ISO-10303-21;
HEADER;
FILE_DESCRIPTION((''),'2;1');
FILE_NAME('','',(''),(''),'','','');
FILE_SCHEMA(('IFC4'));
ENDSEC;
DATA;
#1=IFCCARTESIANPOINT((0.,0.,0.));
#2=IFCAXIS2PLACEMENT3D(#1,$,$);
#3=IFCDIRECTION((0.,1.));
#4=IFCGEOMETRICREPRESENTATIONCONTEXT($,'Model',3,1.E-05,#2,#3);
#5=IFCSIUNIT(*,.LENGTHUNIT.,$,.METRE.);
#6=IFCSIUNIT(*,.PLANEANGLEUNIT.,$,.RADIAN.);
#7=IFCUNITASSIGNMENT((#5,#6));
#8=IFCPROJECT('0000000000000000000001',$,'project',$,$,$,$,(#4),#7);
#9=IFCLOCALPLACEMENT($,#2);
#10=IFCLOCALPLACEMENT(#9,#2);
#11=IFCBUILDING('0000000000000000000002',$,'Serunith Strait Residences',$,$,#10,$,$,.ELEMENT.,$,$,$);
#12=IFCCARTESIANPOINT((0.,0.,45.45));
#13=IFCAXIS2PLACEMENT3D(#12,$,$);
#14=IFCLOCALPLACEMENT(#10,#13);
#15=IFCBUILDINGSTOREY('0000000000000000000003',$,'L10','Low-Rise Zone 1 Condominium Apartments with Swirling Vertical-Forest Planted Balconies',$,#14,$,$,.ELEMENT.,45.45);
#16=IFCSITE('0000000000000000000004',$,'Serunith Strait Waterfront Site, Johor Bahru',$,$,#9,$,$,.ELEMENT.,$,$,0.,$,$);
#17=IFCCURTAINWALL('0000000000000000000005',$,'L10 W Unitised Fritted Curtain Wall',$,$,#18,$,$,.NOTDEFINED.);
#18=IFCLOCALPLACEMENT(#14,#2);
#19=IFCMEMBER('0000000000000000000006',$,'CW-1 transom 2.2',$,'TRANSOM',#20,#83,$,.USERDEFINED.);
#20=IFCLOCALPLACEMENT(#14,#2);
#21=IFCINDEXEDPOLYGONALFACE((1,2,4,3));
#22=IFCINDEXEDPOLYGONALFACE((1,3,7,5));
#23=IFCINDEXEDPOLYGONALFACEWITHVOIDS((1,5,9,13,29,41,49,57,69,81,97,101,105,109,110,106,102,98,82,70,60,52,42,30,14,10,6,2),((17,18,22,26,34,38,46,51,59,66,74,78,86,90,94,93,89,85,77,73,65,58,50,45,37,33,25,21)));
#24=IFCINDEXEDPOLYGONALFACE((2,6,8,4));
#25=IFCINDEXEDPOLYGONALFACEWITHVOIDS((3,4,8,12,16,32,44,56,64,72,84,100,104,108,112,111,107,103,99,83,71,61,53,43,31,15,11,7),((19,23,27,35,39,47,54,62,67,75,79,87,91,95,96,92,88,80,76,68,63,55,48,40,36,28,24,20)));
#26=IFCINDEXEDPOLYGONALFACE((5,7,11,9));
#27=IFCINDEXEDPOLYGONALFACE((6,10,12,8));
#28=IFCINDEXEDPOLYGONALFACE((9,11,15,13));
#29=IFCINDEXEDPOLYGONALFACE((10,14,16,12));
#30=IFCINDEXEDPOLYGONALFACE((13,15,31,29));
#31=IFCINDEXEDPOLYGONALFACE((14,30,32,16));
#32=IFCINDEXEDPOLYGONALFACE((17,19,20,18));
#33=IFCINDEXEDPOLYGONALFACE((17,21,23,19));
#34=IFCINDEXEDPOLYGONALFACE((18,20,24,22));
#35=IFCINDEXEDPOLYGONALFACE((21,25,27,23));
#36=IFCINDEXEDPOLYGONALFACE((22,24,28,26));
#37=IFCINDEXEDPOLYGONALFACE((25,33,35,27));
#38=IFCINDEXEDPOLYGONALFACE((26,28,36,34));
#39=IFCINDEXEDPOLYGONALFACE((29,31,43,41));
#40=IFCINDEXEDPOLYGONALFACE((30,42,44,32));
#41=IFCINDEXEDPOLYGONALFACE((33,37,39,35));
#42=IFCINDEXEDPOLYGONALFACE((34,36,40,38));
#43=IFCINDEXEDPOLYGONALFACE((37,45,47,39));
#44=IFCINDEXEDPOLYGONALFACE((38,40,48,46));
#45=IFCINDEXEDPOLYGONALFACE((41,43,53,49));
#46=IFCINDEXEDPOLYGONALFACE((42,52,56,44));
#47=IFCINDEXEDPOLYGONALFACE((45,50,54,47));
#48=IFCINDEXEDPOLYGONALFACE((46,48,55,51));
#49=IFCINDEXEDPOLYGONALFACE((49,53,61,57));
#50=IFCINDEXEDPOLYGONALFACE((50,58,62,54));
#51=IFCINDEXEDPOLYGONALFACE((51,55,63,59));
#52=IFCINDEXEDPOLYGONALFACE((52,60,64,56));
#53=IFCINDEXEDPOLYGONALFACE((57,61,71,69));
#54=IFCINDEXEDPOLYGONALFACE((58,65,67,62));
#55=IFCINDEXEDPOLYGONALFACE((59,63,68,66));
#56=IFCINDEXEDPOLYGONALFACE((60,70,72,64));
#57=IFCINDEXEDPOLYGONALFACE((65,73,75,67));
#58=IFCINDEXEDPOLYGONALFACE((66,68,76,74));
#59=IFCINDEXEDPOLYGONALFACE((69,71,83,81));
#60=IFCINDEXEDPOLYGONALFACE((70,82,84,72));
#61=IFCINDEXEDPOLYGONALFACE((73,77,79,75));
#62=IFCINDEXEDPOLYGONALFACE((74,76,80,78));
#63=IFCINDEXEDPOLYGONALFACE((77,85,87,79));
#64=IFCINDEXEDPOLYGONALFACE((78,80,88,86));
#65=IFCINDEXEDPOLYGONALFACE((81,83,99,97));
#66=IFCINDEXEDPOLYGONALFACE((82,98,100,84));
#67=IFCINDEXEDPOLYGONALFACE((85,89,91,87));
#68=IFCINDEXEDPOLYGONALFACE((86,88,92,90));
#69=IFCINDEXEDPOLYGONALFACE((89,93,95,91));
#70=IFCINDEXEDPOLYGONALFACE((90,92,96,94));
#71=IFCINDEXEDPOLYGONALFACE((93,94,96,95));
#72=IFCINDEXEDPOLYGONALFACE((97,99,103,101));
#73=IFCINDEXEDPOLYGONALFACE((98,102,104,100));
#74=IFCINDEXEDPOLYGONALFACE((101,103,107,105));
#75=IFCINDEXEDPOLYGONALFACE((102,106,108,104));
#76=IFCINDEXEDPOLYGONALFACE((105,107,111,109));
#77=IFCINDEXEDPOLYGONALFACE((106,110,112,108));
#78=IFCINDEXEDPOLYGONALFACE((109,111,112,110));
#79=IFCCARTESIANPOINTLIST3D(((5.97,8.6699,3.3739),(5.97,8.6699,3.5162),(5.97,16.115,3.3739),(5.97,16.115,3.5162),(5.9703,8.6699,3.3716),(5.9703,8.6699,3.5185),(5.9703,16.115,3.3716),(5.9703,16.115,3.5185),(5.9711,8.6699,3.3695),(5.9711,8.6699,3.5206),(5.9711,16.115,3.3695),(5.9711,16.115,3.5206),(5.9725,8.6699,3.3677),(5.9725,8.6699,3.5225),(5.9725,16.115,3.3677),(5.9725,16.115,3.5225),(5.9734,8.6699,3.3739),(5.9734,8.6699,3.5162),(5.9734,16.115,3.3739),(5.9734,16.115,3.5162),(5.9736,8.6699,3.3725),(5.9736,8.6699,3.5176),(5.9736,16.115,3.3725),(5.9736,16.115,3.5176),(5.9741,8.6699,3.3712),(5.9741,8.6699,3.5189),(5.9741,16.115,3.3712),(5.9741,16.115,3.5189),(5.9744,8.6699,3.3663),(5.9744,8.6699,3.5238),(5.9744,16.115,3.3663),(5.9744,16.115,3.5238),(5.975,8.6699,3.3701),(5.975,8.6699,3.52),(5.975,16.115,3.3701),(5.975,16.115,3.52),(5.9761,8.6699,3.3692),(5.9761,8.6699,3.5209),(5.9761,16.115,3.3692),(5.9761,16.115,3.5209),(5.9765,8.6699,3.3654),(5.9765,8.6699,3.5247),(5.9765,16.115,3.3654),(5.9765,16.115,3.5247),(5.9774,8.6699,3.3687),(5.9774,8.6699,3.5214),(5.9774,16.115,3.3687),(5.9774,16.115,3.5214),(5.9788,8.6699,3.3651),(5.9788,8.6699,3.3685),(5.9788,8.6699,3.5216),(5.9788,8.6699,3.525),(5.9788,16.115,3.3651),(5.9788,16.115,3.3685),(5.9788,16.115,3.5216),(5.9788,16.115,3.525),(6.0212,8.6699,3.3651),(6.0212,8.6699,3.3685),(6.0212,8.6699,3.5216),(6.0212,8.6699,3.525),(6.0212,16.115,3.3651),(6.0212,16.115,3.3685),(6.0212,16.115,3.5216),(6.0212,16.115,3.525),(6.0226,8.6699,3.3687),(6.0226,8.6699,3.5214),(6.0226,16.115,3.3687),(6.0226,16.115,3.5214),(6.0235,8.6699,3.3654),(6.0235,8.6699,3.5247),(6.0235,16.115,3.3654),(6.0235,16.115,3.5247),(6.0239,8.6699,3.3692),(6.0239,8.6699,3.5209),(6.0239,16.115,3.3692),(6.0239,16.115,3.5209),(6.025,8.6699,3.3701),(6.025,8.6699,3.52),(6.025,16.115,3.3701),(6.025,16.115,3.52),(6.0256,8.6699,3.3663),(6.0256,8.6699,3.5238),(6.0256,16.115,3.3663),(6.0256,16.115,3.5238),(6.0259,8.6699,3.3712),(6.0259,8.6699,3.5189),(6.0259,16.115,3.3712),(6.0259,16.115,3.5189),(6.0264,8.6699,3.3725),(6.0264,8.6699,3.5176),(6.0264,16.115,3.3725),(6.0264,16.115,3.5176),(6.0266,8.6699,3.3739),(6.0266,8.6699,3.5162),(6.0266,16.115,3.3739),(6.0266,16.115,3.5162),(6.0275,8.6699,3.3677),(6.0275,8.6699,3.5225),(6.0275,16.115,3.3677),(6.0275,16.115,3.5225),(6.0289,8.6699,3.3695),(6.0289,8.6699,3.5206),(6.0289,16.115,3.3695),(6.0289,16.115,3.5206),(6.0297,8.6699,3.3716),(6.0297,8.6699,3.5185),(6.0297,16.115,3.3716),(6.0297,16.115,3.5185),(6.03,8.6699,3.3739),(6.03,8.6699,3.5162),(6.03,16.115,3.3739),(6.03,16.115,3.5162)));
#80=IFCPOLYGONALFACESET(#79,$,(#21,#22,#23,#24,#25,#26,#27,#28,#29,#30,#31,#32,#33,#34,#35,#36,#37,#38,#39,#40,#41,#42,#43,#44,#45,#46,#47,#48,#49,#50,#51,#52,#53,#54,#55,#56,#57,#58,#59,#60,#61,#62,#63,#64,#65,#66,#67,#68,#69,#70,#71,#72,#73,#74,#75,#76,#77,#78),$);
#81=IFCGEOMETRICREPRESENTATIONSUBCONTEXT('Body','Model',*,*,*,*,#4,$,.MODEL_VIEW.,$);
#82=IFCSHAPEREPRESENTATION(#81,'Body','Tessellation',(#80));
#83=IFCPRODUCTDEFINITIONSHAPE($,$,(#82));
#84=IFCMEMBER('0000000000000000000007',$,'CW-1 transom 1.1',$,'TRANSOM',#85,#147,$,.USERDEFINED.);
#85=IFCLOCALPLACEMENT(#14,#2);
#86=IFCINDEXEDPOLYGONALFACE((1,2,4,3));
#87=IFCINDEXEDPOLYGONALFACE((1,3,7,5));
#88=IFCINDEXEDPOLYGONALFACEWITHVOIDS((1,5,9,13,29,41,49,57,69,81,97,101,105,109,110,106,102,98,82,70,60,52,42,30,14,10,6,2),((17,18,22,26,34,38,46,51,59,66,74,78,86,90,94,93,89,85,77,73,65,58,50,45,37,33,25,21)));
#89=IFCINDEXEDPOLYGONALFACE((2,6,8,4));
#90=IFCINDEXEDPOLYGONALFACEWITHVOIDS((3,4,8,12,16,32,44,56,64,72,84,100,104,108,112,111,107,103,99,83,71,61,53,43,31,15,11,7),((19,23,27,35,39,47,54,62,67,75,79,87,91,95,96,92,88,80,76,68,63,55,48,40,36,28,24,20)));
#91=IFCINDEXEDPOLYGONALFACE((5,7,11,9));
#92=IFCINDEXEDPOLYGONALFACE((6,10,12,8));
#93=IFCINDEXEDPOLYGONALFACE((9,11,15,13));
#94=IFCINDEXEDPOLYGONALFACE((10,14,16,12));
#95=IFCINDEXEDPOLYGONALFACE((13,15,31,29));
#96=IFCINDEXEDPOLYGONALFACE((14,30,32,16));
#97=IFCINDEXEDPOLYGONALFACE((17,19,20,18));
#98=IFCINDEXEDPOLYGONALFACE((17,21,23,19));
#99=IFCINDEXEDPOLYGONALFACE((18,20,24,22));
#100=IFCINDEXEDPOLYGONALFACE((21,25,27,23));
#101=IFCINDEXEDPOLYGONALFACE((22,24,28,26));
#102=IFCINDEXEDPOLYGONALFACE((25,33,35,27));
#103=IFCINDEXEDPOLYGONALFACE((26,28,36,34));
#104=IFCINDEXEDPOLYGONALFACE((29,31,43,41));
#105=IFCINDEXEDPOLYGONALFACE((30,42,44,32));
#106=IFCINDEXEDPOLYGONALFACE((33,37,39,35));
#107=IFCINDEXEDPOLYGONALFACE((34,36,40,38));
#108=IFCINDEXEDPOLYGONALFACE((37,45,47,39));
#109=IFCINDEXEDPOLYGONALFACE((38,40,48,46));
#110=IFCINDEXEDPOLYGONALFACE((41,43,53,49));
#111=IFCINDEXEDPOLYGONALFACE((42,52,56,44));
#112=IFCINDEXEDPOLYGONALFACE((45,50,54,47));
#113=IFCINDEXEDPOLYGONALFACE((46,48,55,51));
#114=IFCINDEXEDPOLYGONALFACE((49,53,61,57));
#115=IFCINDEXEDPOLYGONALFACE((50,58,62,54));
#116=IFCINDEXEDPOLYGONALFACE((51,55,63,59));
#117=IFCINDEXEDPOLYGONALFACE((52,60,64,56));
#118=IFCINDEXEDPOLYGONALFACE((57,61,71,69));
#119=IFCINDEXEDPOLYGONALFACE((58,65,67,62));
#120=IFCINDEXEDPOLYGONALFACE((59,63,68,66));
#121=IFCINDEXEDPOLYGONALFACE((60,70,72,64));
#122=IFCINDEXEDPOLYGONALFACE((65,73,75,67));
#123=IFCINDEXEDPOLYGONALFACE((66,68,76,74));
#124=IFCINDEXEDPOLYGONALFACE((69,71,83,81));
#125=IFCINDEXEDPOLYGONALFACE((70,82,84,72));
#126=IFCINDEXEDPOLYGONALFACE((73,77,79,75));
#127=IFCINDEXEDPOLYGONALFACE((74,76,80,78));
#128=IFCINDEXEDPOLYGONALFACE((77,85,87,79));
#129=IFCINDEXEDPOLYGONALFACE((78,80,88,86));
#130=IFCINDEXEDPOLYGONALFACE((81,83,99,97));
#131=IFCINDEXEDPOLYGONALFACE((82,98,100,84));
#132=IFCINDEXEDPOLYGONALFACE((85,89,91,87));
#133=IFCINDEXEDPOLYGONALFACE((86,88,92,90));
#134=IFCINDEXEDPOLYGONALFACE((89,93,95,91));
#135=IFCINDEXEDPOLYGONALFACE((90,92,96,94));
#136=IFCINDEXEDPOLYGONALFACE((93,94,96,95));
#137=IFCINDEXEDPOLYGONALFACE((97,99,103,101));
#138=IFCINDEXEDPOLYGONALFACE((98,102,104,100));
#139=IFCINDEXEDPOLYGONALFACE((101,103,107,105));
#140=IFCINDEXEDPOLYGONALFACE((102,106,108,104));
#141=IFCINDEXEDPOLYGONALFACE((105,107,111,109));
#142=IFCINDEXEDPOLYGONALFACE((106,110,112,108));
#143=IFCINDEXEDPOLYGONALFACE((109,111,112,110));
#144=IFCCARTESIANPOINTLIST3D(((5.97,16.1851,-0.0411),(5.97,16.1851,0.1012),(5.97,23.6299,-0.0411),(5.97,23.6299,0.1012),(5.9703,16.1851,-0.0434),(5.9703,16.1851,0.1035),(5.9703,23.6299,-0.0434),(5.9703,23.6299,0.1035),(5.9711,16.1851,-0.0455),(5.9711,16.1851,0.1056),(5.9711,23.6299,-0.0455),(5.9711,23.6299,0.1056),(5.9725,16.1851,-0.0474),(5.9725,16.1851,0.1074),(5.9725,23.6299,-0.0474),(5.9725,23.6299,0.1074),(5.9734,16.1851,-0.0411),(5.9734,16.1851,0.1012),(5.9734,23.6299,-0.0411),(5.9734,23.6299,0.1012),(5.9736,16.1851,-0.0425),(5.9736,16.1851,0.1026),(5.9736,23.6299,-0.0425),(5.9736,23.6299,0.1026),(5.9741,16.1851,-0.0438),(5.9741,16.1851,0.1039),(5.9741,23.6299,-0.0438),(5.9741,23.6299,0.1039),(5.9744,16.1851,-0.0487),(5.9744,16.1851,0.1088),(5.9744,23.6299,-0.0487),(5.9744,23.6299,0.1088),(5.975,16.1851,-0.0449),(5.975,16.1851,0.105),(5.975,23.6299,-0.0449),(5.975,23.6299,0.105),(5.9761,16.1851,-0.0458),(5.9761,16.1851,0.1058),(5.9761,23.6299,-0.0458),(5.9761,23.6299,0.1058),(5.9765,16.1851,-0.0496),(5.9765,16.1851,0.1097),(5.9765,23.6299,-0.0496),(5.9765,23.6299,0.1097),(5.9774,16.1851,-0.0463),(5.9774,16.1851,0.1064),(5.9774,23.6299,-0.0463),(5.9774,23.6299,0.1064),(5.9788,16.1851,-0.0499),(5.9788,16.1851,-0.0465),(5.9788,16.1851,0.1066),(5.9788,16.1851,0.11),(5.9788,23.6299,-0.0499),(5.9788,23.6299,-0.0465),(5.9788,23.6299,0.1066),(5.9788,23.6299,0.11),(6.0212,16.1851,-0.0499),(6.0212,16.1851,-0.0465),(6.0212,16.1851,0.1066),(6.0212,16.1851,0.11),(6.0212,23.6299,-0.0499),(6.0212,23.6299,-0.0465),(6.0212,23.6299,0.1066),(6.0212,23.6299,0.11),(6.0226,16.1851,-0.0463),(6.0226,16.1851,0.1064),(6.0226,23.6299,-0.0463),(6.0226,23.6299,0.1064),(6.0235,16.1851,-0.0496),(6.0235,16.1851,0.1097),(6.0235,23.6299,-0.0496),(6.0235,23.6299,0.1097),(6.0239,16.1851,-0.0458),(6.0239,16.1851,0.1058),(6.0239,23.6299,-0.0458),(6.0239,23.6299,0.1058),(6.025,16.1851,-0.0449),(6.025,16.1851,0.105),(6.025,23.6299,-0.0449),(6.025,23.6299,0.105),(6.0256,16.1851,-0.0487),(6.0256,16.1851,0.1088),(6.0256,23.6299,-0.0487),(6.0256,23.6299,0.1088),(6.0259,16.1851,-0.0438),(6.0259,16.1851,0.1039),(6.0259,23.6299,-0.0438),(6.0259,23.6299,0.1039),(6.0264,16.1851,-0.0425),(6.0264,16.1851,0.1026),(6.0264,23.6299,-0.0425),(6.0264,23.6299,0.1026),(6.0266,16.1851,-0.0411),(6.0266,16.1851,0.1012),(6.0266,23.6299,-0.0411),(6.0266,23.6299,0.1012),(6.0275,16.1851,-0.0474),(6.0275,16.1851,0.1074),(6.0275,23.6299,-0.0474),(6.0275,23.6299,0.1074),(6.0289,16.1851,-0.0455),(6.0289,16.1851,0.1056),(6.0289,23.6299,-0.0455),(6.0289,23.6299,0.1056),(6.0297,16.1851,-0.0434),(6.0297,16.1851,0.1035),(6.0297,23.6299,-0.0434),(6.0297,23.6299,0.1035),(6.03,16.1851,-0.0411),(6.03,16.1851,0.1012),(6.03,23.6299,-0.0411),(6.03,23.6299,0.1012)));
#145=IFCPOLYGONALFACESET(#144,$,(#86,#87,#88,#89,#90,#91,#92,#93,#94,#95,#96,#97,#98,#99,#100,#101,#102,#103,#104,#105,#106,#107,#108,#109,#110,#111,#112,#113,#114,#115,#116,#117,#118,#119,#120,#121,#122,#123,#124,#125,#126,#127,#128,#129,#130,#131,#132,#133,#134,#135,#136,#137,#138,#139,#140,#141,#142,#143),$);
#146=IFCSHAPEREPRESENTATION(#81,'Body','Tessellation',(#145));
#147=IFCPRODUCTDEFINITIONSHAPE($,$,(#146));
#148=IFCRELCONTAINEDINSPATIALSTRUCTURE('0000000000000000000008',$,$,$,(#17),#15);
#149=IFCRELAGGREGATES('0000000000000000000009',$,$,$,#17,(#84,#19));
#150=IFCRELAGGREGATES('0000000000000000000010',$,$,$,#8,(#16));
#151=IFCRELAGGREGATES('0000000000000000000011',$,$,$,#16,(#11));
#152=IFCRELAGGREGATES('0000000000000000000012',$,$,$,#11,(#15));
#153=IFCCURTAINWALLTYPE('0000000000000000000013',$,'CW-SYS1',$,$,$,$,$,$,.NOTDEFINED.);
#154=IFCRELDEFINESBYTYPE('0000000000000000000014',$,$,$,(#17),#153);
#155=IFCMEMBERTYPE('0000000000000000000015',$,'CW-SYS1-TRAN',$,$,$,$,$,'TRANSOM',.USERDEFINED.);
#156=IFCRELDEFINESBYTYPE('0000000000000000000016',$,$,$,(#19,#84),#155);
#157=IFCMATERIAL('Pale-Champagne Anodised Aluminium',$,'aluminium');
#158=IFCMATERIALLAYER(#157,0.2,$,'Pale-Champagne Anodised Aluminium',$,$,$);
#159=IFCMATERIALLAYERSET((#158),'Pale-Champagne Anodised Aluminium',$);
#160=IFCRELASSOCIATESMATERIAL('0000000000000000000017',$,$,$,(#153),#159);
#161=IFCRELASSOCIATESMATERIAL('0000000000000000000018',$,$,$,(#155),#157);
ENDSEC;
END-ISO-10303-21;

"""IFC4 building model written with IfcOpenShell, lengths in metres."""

from ifc_helpers import new_model, si_unit, direction, frame, origin, origin_2d, place, context, subcontext, project, spatial, hollow_rectangle, extrude, source, transform, mapped, material, layer, layer_set, material_profile, profile_set, type_object, element, aggregate, save


model = new_model("IFC4")

# Units and contexts
model_context = context("Model", 3, precision=1e-05, world=origin(), true_north=direction((0.0, 1.0)))
body_context = subcontext(model_context, "Body", "Model", "MODEL_VIEW")
ifc_project = project(units=[si_unit("LENGTHUNIT", "METRE"), si_unit("PLANEANGLEUNIT", "RADIAN")], contexts=[model_context])

# Site, building, storey
site_placement = place(None, origin())
site = spatial("IfcSite", under=ifc_project, at=site_placement, Name="Serunith Strait Waterfront Site, Johor Bahru", CompositionType="ELEMENT", RefElevation=0.0)
building_placement = place(site_placement, origin())
building = spatial("IfcBuilding", under=site, at=building_placement, Name="Serunith Strait Residences", CompositionType="ELEMENT")
storey_placement = place(building_placement, frame((0.0, 0.0, 45.45)))
storey = spatial("IfcBuildingStorey", under=building, at=storey_placement, Name="L10", Description="Low-Rise Zone 1 Condominium Apartments with Swirling Vertical-Forest Planted Balconies", CompositionType="ELEMENT", Elevation=45.45)

# Curtain wall, members
ifc_material_1 = material(Name="Pale-Champagne Anodised Aluminium", Category="aluminium")
ifc_layer_1 = layer(ifc_material_1, 0.2, Name="Pale-Champagne Anodised Aluminium")
ifc_layer_set_1 = layer_set([ifc_layer_1], Name="Pale-Champagne Anodised Aluminium")
curtain_wall_type = type_object("IfcCurtainWallType", Name="CW-SYS1", PredefinedType="NOTDEFINED", material=ifc_layer_set_1)
curtain_wall_placement = place(storey_placement, origin())
curtain_wall = element("IfcCurtainWall", 1, at=curtain_wall_placement, inside=storey, type_object=curtain_wall_type, Name="L10 W Unitised Fritted Curtain Wall", PredefinedType="NOTDEFINED")
ifc_material_profile_1 = material_profile(ifc_material_1, hollow_rectangle(XDim=0.0601, YDim=0.1599, WallThickness=0.0034, InnerFilletRadius=0.0054, OuterFilletRadius=0.0088, at=origin_2d()), Name="ALU 160x60x3.5")
ifc_profile_set_1 = profile_set([ifc_material_profile_1], Name="Pale-Champagne Anodised Aluminium")
member_type_1 = type_object("IfcMemberType", Name="CW-SYS1-TRAN", ElementType="TRANSOM", PredefinedType="USERDEFINED", material=ifc_profile_set_1)
shared_shape_1 = source(origin(), body_context, "Body", "SweptSolid", [
    extrude(hollow_rectangle(XDim=0.0601, YDim=0.1599, WallThickness=0.0034, InnerFilletRadius=0.0054, OuterFilletRadius=0.0088, at=origin_2d()), origin(), (0.0, 0.0, 1.0), 7.4451),
])
member_1_placement = place(storey_placement, frame((6.0, 16.115, 3.4451), z_axis=(0.0, -1.0, 0.0), x_axis=(1.0, 0.0, 0.0)))
member_1 = element("IfcMember", 2, at=member_1_placement, type_object=member_type_1, Name="CW-1 transom 2.2", ObjectType="TRANSOM", PredefinedType="USERDEFINED", context=body_context, shape_type="MappedRepresentation", body=[
    mapped(shared_shape_1, transform((0.0, 0.0, 0.0), scale=1.0)),
])
shared_shape_2 = source(origin(), body_context, "Body", "SweptSolid", [
    extrude(hollow_rectangle(XDim=0.0601, YDim=0.1599, WallThickness=0.0034, InnerFilletRadius=0.0054, OuterFilletRadius=0.0088, at=origin_2d()), origin(), (0.0, 0.0, 1.0), 7.4448),
])
member_2_placement = place(storey_placement, frame((6.0, 23.6299, 0.03), z_axis=(0.0, -1.0, 0.0), x_axis=(1.0, 0.0, 0.0)))
member_2 = element("IfcMember", 3, at=member_2_placement, type_object=member_type_1, Name="CW-1 transom 1.1", ObjectType="TRANSOM", PredefinedType="USERDEFINED", context=body_context, shape_type="MappedRepresentation", body=[
    mapped(shared_shape_2, transform((0.0, 0.0, 0.0), scale=1.0)),
])
aggregate(curtain_wall, [member_2, member_1])

save(model, "model.ifc")
